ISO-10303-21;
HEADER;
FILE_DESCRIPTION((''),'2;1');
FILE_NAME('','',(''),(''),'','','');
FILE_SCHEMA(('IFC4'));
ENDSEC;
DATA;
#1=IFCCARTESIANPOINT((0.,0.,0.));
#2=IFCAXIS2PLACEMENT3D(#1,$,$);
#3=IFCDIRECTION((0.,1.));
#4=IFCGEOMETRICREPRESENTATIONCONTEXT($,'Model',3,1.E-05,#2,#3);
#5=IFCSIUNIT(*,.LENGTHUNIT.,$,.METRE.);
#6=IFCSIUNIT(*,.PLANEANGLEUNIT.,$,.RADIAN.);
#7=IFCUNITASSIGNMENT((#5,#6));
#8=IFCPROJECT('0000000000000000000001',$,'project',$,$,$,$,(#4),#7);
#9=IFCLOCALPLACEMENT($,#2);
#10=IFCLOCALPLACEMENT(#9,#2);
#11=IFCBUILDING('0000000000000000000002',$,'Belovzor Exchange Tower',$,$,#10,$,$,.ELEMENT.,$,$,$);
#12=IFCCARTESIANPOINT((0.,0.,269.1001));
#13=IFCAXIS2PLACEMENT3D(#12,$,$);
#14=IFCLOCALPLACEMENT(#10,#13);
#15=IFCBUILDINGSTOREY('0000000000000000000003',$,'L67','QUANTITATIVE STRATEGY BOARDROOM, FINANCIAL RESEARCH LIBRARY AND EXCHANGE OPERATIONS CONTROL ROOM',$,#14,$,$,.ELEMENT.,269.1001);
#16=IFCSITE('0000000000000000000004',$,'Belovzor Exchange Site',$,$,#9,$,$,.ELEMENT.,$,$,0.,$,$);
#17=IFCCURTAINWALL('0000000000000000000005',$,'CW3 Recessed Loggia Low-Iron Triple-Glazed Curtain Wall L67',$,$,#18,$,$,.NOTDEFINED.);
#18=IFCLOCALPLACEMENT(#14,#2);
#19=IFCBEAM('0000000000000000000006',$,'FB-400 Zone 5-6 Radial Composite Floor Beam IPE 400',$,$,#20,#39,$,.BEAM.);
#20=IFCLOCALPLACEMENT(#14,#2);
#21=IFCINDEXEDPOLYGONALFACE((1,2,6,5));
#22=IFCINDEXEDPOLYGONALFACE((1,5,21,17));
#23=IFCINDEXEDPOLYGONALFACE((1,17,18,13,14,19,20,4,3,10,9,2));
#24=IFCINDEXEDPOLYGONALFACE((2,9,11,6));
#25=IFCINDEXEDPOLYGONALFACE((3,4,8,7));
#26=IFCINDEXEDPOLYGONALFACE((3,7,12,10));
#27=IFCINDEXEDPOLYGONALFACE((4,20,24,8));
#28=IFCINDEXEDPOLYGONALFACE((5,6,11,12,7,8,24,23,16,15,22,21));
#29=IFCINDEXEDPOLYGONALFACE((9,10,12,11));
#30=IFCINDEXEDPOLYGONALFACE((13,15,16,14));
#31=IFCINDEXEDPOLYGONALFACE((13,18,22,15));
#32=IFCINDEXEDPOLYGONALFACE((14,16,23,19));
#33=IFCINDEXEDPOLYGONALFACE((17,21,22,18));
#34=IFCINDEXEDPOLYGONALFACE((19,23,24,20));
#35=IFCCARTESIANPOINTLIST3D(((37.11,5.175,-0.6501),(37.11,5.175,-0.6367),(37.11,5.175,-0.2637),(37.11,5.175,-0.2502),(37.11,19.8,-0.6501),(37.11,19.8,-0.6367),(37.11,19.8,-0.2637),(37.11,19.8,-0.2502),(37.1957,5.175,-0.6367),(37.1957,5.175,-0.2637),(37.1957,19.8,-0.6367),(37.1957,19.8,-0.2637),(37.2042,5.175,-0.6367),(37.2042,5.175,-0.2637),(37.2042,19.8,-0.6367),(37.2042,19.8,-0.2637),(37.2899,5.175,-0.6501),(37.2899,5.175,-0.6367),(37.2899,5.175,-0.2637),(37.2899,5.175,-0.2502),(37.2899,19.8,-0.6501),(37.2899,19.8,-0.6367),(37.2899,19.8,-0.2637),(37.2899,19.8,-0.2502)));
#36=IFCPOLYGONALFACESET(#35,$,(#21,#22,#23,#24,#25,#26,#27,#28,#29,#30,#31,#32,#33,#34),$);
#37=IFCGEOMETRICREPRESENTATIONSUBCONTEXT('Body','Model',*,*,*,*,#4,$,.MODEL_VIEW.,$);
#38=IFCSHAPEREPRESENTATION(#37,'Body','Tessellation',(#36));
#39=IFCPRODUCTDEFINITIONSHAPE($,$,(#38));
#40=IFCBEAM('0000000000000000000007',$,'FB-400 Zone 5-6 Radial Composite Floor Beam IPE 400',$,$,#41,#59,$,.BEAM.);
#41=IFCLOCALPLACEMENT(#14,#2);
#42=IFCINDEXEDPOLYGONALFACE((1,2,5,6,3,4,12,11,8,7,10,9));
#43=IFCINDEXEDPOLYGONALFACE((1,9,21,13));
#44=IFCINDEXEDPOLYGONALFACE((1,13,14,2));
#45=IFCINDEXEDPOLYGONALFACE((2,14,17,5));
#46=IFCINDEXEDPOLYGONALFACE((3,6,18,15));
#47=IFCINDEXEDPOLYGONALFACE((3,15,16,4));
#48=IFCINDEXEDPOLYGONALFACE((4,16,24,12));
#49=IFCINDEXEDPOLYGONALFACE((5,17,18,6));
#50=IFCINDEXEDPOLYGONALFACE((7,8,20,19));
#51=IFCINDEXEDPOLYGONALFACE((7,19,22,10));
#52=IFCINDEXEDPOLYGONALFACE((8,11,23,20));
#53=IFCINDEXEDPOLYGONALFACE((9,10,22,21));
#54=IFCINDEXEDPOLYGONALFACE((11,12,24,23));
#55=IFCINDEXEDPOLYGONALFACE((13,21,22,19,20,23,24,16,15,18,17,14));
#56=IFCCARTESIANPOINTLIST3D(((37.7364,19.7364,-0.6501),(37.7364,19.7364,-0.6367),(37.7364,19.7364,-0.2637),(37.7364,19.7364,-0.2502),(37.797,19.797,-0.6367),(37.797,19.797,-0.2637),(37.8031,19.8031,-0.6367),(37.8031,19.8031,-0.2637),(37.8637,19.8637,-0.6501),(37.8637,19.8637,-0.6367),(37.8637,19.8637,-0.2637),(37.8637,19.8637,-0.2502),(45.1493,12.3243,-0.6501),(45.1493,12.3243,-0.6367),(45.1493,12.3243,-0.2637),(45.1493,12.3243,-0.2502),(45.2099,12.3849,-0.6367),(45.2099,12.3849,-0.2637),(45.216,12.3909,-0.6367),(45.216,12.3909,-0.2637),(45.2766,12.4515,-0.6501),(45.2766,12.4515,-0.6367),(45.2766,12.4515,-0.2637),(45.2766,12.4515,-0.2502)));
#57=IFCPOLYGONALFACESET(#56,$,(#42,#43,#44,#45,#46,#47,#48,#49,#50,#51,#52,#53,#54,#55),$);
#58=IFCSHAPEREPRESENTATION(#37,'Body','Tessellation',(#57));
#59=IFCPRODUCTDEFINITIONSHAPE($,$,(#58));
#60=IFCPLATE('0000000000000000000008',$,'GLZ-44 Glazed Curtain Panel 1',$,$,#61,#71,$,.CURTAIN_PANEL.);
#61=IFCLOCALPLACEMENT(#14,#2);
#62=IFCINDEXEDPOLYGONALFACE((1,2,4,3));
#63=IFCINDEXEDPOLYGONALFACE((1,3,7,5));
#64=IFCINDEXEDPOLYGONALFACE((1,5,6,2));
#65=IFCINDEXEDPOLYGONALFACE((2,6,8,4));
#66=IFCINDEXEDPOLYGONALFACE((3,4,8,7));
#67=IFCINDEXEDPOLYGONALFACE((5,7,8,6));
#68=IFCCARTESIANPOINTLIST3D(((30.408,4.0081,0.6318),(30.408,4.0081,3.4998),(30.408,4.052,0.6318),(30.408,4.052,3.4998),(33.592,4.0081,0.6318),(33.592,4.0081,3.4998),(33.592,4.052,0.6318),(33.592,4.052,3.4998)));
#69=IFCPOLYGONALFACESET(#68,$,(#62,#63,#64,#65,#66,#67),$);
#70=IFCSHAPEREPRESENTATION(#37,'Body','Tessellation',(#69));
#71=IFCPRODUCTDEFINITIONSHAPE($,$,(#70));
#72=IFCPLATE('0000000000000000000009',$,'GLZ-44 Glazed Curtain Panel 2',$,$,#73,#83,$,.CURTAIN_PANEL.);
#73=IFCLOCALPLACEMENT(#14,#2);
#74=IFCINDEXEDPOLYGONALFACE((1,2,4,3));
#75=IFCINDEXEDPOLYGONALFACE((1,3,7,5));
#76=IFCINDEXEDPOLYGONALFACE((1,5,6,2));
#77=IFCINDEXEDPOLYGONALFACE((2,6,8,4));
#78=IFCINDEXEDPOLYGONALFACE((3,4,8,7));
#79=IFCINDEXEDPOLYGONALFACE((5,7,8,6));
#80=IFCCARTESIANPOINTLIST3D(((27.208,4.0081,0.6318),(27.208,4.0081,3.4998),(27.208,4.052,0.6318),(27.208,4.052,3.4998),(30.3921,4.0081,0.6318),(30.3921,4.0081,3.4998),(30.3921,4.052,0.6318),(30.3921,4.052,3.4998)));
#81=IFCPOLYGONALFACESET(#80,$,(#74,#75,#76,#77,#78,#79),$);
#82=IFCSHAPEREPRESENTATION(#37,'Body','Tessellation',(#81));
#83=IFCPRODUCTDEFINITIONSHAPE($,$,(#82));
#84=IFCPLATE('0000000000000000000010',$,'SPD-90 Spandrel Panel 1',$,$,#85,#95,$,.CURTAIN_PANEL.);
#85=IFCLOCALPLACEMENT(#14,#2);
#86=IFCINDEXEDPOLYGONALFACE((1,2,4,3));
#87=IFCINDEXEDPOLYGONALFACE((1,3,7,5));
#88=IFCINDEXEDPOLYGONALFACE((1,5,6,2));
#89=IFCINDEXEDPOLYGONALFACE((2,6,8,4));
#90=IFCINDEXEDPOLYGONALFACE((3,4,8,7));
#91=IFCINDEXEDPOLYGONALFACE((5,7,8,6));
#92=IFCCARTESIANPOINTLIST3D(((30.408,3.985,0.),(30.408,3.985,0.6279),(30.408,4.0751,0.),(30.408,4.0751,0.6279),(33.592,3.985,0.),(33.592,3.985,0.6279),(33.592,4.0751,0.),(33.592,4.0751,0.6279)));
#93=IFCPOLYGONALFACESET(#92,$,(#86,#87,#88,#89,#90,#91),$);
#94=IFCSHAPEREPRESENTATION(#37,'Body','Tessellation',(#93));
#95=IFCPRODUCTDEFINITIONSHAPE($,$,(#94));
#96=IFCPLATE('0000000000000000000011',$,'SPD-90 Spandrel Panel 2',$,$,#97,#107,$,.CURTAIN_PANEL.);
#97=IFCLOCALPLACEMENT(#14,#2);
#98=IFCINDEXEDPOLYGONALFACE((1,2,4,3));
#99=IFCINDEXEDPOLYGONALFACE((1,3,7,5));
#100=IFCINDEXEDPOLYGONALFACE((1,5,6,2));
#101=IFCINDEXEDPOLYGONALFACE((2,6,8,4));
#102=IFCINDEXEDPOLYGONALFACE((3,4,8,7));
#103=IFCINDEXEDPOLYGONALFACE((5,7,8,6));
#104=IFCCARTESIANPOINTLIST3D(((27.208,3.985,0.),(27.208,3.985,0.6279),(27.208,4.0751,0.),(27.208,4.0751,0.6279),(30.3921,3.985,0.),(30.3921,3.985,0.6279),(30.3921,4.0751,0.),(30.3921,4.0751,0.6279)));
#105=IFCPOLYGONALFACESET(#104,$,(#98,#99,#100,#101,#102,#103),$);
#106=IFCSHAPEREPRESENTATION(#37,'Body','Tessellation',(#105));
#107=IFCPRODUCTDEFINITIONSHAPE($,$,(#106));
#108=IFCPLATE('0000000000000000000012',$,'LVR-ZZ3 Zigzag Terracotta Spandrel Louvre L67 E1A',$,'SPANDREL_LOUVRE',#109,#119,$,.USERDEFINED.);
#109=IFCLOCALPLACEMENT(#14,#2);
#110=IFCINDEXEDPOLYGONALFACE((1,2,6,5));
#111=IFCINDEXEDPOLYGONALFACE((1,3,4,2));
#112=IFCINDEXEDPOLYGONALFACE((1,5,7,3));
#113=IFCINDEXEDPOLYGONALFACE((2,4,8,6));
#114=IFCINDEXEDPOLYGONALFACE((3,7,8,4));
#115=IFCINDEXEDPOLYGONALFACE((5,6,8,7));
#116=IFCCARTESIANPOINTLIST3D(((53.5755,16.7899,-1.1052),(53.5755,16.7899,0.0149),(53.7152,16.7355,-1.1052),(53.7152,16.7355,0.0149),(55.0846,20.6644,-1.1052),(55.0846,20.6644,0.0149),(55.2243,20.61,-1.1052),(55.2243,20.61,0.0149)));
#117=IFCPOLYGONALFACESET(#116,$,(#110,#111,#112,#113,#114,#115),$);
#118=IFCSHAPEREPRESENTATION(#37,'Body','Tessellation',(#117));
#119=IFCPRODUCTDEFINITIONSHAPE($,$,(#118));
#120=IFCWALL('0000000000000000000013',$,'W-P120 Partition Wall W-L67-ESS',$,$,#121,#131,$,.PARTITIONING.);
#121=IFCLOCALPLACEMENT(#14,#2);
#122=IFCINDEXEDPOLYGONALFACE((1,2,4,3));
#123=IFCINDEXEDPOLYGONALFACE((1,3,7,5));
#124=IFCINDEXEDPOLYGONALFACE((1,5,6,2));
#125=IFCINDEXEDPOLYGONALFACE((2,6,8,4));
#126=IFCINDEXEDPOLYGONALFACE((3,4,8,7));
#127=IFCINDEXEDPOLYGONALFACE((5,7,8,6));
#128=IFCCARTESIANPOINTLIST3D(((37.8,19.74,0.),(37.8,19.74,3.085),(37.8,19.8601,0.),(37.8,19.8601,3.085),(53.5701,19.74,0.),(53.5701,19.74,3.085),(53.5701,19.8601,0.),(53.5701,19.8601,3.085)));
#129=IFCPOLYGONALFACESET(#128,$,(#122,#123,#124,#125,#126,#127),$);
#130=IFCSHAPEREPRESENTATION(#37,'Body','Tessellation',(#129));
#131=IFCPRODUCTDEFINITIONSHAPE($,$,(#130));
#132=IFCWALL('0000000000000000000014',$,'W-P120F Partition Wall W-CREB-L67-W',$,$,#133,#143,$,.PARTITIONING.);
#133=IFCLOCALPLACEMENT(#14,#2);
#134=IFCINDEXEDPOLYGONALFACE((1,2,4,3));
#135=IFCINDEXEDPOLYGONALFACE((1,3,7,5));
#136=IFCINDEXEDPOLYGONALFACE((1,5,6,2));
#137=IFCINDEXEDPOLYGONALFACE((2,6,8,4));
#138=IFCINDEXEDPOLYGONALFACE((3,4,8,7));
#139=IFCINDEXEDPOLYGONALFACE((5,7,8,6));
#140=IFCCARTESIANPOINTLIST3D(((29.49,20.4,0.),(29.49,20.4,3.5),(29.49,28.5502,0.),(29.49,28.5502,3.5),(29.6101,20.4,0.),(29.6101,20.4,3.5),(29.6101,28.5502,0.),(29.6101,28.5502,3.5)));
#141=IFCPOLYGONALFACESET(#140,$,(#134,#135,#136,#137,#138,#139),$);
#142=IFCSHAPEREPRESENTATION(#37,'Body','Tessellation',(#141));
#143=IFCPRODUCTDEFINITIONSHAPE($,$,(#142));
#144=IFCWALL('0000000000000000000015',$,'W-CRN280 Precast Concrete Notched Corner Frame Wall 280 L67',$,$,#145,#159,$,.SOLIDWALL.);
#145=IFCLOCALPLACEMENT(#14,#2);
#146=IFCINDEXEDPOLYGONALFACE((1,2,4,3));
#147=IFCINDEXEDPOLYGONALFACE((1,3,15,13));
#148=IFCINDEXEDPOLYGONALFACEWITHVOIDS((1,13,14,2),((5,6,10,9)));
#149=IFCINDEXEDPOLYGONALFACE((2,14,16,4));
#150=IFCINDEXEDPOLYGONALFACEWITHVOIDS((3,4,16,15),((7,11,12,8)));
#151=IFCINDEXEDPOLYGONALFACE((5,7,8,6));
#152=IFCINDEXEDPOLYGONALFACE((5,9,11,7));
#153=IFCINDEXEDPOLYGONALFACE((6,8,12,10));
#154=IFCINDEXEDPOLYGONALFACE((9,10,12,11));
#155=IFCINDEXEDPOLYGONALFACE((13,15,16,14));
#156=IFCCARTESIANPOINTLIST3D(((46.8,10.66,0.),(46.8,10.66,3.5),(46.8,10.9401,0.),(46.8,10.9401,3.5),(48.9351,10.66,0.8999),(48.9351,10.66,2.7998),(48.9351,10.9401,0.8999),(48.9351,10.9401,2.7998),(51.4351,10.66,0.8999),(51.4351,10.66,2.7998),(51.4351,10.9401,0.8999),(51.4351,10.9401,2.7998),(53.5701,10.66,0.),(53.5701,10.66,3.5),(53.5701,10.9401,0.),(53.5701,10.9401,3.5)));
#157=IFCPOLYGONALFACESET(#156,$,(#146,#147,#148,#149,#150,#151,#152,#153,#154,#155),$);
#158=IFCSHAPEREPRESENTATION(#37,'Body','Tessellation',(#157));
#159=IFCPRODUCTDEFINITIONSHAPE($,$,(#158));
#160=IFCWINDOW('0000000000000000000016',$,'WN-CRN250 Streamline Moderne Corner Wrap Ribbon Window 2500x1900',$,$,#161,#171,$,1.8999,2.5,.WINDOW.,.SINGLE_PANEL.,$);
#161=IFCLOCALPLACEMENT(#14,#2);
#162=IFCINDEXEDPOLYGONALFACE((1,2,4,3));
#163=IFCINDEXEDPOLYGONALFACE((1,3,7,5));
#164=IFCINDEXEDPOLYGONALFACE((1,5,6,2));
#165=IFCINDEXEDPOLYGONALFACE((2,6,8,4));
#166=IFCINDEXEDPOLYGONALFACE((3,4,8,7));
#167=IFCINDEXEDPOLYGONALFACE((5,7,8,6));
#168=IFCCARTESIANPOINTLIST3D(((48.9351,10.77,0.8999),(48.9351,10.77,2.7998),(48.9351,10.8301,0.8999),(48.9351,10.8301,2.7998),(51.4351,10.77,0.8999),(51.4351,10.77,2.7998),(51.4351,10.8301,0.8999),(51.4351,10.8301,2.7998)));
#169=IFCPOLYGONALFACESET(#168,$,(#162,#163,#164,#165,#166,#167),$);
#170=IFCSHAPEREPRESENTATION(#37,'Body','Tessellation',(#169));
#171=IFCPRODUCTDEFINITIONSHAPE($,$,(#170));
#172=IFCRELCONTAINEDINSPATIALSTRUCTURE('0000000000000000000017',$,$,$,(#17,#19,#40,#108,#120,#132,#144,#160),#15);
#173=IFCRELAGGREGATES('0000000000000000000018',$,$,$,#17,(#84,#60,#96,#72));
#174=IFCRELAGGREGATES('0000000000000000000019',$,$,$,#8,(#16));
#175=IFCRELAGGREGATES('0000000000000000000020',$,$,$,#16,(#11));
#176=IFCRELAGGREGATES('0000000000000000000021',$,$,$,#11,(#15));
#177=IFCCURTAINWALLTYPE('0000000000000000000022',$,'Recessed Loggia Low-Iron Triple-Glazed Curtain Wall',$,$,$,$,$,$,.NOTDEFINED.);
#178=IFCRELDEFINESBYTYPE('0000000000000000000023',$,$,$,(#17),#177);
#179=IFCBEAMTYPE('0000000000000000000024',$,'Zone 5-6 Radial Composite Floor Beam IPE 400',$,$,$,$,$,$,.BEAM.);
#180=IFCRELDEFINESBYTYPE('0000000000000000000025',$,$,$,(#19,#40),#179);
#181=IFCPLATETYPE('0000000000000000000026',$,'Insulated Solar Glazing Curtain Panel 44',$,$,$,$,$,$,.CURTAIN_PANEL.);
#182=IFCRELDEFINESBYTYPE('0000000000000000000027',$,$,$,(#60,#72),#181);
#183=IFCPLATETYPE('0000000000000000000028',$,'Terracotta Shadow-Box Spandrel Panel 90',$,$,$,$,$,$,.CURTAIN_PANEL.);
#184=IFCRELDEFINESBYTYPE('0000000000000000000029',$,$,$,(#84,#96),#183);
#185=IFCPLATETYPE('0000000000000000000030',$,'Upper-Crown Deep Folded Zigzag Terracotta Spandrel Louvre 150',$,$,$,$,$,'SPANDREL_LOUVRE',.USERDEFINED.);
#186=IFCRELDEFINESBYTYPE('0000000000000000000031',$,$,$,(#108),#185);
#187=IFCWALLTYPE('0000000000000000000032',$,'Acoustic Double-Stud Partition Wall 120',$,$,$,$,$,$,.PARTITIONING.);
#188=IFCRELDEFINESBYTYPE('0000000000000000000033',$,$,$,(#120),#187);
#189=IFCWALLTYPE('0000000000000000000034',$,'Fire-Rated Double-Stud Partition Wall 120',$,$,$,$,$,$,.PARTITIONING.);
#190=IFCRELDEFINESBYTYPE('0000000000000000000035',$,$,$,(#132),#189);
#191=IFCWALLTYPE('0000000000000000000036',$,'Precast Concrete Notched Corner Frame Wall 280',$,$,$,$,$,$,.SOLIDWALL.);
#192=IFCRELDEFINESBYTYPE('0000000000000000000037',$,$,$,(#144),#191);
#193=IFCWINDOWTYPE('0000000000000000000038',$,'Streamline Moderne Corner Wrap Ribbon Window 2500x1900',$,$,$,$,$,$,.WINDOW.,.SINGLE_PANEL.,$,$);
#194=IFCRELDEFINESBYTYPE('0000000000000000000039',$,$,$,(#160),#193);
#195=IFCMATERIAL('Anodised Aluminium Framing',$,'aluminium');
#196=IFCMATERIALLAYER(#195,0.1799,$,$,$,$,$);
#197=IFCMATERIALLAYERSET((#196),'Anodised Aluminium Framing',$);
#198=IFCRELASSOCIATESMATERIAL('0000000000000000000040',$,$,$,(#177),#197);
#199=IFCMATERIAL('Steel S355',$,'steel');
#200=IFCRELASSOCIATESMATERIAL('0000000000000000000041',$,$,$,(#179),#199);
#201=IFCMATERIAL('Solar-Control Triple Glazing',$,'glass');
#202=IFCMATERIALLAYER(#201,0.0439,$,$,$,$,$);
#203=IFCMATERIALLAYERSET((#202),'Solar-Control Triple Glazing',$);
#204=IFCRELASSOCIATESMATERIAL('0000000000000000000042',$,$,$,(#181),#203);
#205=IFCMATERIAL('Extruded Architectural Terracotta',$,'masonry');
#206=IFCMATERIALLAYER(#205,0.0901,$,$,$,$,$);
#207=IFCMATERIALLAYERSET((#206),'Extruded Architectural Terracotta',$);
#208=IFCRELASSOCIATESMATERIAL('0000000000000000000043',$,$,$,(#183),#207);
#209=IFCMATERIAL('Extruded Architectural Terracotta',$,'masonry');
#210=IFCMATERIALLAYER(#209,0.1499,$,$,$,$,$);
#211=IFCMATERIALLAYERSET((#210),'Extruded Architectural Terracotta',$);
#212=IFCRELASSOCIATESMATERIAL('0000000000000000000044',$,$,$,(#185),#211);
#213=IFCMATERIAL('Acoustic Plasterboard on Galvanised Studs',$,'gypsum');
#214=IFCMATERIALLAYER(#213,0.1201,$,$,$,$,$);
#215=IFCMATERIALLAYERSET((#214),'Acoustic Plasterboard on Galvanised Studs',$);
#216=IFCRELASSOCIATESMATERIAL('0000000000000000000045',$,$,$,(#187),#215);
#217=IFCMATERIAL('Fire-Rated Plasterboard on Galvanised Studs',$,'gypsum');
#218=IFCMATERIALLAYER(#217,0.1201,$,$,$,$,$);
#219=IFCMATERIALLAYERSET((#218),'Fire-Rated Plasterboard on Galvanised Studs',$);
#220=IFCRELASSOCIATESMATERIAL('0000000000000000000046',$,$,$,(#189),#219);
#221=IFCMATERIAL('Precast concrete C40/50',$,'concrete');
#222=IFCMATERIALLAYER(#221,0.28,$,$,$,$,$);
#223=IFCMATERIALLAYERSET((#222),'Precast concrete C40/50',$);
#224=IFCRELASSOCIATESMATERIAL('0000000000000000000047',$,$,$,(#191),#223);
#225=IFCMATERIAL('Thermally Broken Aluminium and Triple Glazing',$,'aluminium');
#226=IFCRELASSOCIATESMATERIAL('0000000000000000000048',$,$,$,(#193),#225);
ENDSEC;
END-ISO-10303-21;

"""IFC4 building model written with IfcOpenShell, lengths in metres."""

from ifc_helpers import new_model, si_unit, direction, frame, frame_2d, origin, origin_2d, place, context, subcontext, project, spatial, rectangle, i_section, extrude, material, layer, layer_set, material_profile, profile_set, type_object, element, fill, aggregate, save


model = new_model("IFC4")

# Units and contexts
model_context = context("Model", 3, precision=1e-05, world=origin(), true_north=direction((0.0, 1.0)))
body_context = subcontext(model_context, "Body", "Model", "MODEL_VIEW")
ifc_project = project(units=[si_unit("LENGTHUNIT", "METRE"), si_unit("PLANEANGLEUNIT", "RADIAN")], contexts=[model_context])

# Site, building, storey
site_placement = place(None, origin())
site = spatial("IfcSite", under=ifc_project, at=site_placement, Name="Belovzor Exchange Site", CompositionType="ELEMENT", RefElevation=0.0)
building_placement = place(site_placement, origin())
building = spatial("IfcBuilding", under=site, at=building_placement, Name="Belovzor Exchange Tower", CompositionType="ELEMENT")
storey_placement = place(building_placement, frame((0.0, 0.0, 269.1001)))
storey = spatial("IfcBuildingStorey", under=building, at=storey_placement, Name="L67", Description="QUANTITATIVE STRATEGY BOARDROOM, FINANCIAL RESEARCH LIBRARY AND EXCHANGE OPERATIONS CONTROL ROOM", CompositionType="ELEMENT", Elevation=269.1001)

# Curtain wall
ifc_material_1 = material(Name="Anodised Aluminium Framing", Category="aluminium")
ifc_layer_1 = layer(ifc_material_1, 0.1799)
ifc_layer_set_1 = layer_set([ifc_layer_1], Name="Anodised Aluminium Framing")
curtain_wall_type = type_object("IfcCurtainWallType", Name="Recessed Loggia Low-Iron Triple-Glazed Curtain Wall", PredefinedType="NOTDEFINED", material=ifc_layer_set_1)
curtain_wall_placement = place(storey_placement, origin())
curtain_wall = element("IfcCurtainWall", 1, at=curtain_wall_placement, inside=storey, type_object=curtain_wall_type, Name="CW3 Recessed Loggia Low-Iron Triple-Glazed Curtain Wall L67", PredefinedType="NOTDEFINED")

# Beams
ifc_material_2 = material(Name="Steel S355", Category="steel")
ifc_material_profile_1 = material_profile(ifc_material_2, i_section(OverallWidth=0.1799, OverallDepth=0.3999, WebThickness=0.0085, FlangeThickness=0.0134, at=origin_2d()))
ifc_profile_set_1 = profile_set([ifc_material_profile_1], Name="Steel S355")
beam_type_1 = type_object("IfcBeamType", Name="Zone 5-6 Radial Composite Floor Beam IPE 400", PredefinedType="BEAM", material=ifc_profile_set_1)
beam_1_placement = place(storey_placement, frame((37.2, 19.8, -0.4502), z_axis=(0.0, -1.0, 0.0), x_axis=(1.0, 0.0, 0.0)))
element("IfcBeam", 2, at=beam_1_placement, inside=storey, type_object=beam_type_1, Name="FB-400 Zone 5-6 Radial Composite Floor Beam IPE 400", PredefinedType="BEAM", context=body_context, shape_type="SweptSolid", body=[
    extrude(i_section(OverallWidth=0.1799, OverallDepth=0.3999, WebThickness=0.0085, FlangeThickness=0.0134, at=origin_2d()), origin(), (0.0, 0.0, 1.0), 14.625),
])
beam_2_placement = place(storey_placement, frame((37.8, 19.8, -0.4502), z_axis=(0.707142, -0.707072, 0.0), x_axis=(0.707072, 0.707142, 0.0)))
element("IfcBeam", 3, at=beam_2_placement, inside=storey, type_object=beam_type_1, Name="FB-400 Zone 5-6 Radial Composite Floor Beam IPE 400", PredefinedType="BEAM", context=body_context, shape_type="SweptSolid", body=[
    extrude(i_section(OverallWidth=0.1799, OverallDepth=0.3999, WebThickness=0.0085, FlangeThickness=0.0134, at=origin_2d()), origin(), (0.0, 0.0, 1.0), 10.4829),
])

# Plates
ifc_material_3 = material(Name="Solar-Control Triple Glazing", Category="glass")
ifc_layer_2 = layer(ifc_material_3, 0.0439)
ifc_layer_set_2 = layer_set([ifc_layer_2], Name="Solar-Control Triple Glazing")
plate_type_1 = type_object("IfcPlateType", Name="Insulated Solar Glazing Curtain Panel 44", PredefinedType="CURTAIN_PANEL", material=ifc_layer_set_2)
plate_1_placement = place(storey_placement, frame((32.0, 4.03, 0.6318), z_axis=(0.0, 0.0, 1.0), x_axis=(-1.0, 0.0, 0.0)))
plate_1 = element("IfcPlate", 4, at=plate_1_placement, type_object=plate_type_1, Name="GLZ-44 Glazed Curtain Panel 1", PredefinedType="CURTAIN_PANEL", context=body_context, shape_type="SweptSolid", body=[
    extrude(rectangle(XDim=3.1841, YDim=0.0439, at=origin_2d()), origin(), (0.0, 0.0, 1.0), 2.8679),
])
plate_2_placement = place(storey_placement, frame((28.8, 4.03, 0.6318), z_axis=(0.0, 0.0, 1.0), x_axis=(-1.0, 0.0, 0.0)))
plate_2 = element("IfcPlate", 5, at=plate_2_placement, type_object=plate_type_1, Name="GLZ-44 Glazed Curtain Panel 2", PredefinedType="CURTAIN_PANEL", context=body_context, shape_type="SweptSolid", body=[
    extrude(rectangle(XDim=3.1841, YDim=0.0439, at=origin_2d()), origin(), (0.0, 0.0, 1.0), 2.8679),
])
ifc_material_4 = material(Name="Extruded Architectural Terracotta", Category="masonry")
ifc_layer_3 = layer(ifc_material_4, 0.0901)
ifc_layer_set_3 = layer_set([ifc_layer_3], Name="Extruded Architectural Terracotta")
plate_type_2 = type_object("IfcPlateType", Name="Terracotta Shadow-Box Spandrel Panel 90", PredefinedType="CURTAIN_PANEL", material=ifc_layer_set_3)
plate_3_placement = place(storey_placement, frame((32.0, 4.03, 0.0), z_axis=(0.0, 0.0, 1.0), x_axis=(-1.0, 0.0, 0.0)))
plate_3 = element("IfcPlate", 6, at=plate_3_placement, type_object=plate_type_2, Name="SPD-90 Spandrel Panel 1", PredefinedType="CURTAIN_PANEL", context=body_context, shape_type="SweptSolid", body=[
    extrude(rectangle(XDim=3.1841, YDim=0.0901, at=origin_2d()), origin(), (0.0, 0.0, 1.0), 0.6279),
])
plate_4_placement = place(storey_placement, frame((28.8, 4.03, 0.0), z_axis=(0.0, 0.0, 1.0), x_axis=(-1.0, 0.0, 0.0)))
plate_4 = element("IfcPlate", 7, at=plate_4_placement, type_object=plate_type_2, Name="SPD-90 Spandrel Panel 2", PredefinedType="CURTAIN_PANEL", context=body_context, shape_type="SweptSolid", body=[
    extrude(rectangle(XDim=3.1841, YDim=0.0901, at=origin_2d()), origin(), (0.0, 0.0, 1.0), 0.6279),
])
aggregate(curtain_wall, [plate_3, plate_1, plate_4, plate_2])
ifc_material_5 = material(Name="Extruded Architectural Terracotta", Category="masonry")
ifc_layer_4 = layer(ifc_material_5, 0.1499)
ifc_layer_set_4 = layer_set([ifc_layer_4], Name="Extruded Architectural Terracotta")
plate_type_3 = type_object("IfcPlateType", Name="Upper-Crown Deep Folded Zigzag Terracotta Spandrel Louvre 150", ElementType="SPANDREL_LOUVRE", PredefinedType="USERDEFINED", material=ifc_layer_set_4)
plate_5_placement = place(storey_placement, frame((54.3999, 18.7, -1.1052), z_axis=(0.0, 0.0, 1.0), x_axis=(0.362926, 0.931818, 0.0)))
element("IfcPlate", 8, at=plate_5_placement, inside=storey, type_object=plate_type_3, Name="LVR-ZZ3 Zigzag Terracotta Spandrel Louvre L67 E1A", ObjectType="SPANDREL_LOUVRE", PredefinedType="USERDEFINED", context=body_context, shape_type="SweptSolid", body=[
    extrude(rectangle(XDim=4.158, YDim=0.1499, at=origin_2d()), origin(), (0.0, 0.0, 1.0), 1.1201),
])

# Walls
ifc_material_6 = material(Name="Acoustic Plasterboard on Galvanised Studs", Category="gypsum")
ifc_layer_5 = layer(ifc_material_6, 0.1201)
ifc_layer_set_5 = layer_set([ifc_layer_5], Name="Acoustic Plasterboard on Galvanised Studs")
wall_type_1 = type_object("IfcWallType", Name="Acoustic Double-Stud Partition Wall 120", PredefinedType="PARTITIONING", material=ifc_layer_set_5)
wall_1_placement = place(storey_placement, frame((37.8, 19.8, 0.0), z_axis=(0.0, 0.0, 1.0), x_axis=(1.0, 0.0, 0.0)))
element("IfcWall", 9, at=wall_1_placement, inside=storey, type_object=wall_type_1, Name="W-P120 Partition Wall W-L67-ESS", PredefinedType="PARTITIONING", context=body_context, shape_type="SweptSolid", body=[
    extrude(rectangle(XDim=15.77, YDim=0.1201, at=frame_2d((7.885, 0.0))), origin(), (0.0, 0.0, 1.0), 3.085),
])
ifc_material_7 = material(Name="Fire-Rated Plasterboard on Galvanised Studs", Category="gypsum")
ifc_layer_6 = layer(ifc_material_7, 0.1201)
ifc_layer_set_6 = layer_set([ifc_layer_6], Name="Fire-Rated Plasterboard on Galvanised Studs")
wall_type_2 = type_object("IfcWallType", Name="Fire-Rated Double-Stud Partition Wall 120", PredefinedType="PARTITIONING", material=ifc_layer_set_6)
wall_2_placement = place(storey_placement, frame((29.55, 20.3999, 0.0), z_axis=(0.0, 0.0, 1.0), x_axis=(0.0, 1.0, 0.0)))
element("IfcWall", 10, at=wall_2_placement, inside=storey, type_object=wall_type_2, Name="W-P120F Partition Wall W-CREB-L67-W", PredefinedType="PARTITIONING", context=body_context, shape_type="SweptSolid", body=[
    extrude(rectangle(XDim=8.1501, YDim=0.1201, at=frame_2d((4.0752, 0.0))), origin(), (0.0, 0.0, 1.0), 3.5),
])

# Wall, opening, window
ifc_material_8 = material(Name="Precast concrete C40/50", Category="concrete")
ifc_layer_7 = layer(ifc_material_8, 0.28)
ifc_layer_set_7 = layer_set([ifc_layer_7], Name="Precast concrete C40/50")
wall_type_3 = type_object("IfcWallType", Name="Precast Concrete Notched Corner Frame Wall 280", PredefinedType="SOLIDWALL", material=ifc_layer_set_7)
wall_3_placement = place(storey_placement, frame((53.5701, 10.8, 0.0), z_axis=(0.0, 0.0, 1.0), x_axis=(-1.0, 0.0, 0.0)))
wall_3 = element("IfcWall", 11, at=wall_3_placement, inside=storey, type_object=wall_type_3, Name="W-CRN280 Precast Concrete Notched Corner Frame Wall 280 L67", PredefinedType="SOLIDWALL", context=body_context, shape_type="SweptSolid", body=[
    extrude(rectangle(XDim=6.77, YDim=0.28, at=frame_2d((3.385, 0.0))), origin(), (0.0, 0.0, 1.0), 3.5),
])
opening_1_placement = place(wall_3_placement, frame((2.135, 0.0, 0.8999)))
opening_1 = element("IfcOpeningElement", 12, at=opening_1_placement, cuts=wall_3, PredefinedType="OPENING", context=body_context, shape_type="SweptSolid", body=[
    extrude(rectangle(XDim=2.5, YDim=1.8999, at=frame_2d((1.25, 0.95))), frame((0.0, 0.1499, 0.0), z_axis=(0.0, -1.0, 0.0), x_axis=(1.0, 0.0, 0.0)), (0.0, 0.0, 1.0), 0.3),
])
ifc_material_9 = material(Name="Thermally Broken Aluminium and Triple Glazing", Category="aluminium")
window_type = type_object("IfcWindowType", Name="Streamline Moderne Corner Wrap Ribbon Window 2500x1900", PartitioningType="SINGLE_PANEL", PredefinedType="WINDOW", material=ifc_material_9)
window_1_placement = place(opening_1_placement, origin())
window_1 = element("IfcWindow", 13, at=window_1_placement, inside=storey, type_object=window_type, Name="WN-CRN250 Streamline Moderne Corner Wrap Ribbon Window 2500x1900", OverallHeight=1.8999, OverallWidth=2.5, PartitioningType="SINGLE_PANEL", PredefinedType="WINDOW", context=body_context, shape_type="SweptSolid", body=[
    extrude(rectangle(XDim=2.5, YDim=1.8999, at=frame_2d((1.25, 0.95))), frame((0.0, 0.03, 0.0), z_axis=(0.0, -1.0, 0.0), x_axis=(1.0, 0.0, 0.0)), (0.0, 0.0, 1.0), 0.0601),
])
fill(opening_1, window_1)

save(model, "model.ifc")
